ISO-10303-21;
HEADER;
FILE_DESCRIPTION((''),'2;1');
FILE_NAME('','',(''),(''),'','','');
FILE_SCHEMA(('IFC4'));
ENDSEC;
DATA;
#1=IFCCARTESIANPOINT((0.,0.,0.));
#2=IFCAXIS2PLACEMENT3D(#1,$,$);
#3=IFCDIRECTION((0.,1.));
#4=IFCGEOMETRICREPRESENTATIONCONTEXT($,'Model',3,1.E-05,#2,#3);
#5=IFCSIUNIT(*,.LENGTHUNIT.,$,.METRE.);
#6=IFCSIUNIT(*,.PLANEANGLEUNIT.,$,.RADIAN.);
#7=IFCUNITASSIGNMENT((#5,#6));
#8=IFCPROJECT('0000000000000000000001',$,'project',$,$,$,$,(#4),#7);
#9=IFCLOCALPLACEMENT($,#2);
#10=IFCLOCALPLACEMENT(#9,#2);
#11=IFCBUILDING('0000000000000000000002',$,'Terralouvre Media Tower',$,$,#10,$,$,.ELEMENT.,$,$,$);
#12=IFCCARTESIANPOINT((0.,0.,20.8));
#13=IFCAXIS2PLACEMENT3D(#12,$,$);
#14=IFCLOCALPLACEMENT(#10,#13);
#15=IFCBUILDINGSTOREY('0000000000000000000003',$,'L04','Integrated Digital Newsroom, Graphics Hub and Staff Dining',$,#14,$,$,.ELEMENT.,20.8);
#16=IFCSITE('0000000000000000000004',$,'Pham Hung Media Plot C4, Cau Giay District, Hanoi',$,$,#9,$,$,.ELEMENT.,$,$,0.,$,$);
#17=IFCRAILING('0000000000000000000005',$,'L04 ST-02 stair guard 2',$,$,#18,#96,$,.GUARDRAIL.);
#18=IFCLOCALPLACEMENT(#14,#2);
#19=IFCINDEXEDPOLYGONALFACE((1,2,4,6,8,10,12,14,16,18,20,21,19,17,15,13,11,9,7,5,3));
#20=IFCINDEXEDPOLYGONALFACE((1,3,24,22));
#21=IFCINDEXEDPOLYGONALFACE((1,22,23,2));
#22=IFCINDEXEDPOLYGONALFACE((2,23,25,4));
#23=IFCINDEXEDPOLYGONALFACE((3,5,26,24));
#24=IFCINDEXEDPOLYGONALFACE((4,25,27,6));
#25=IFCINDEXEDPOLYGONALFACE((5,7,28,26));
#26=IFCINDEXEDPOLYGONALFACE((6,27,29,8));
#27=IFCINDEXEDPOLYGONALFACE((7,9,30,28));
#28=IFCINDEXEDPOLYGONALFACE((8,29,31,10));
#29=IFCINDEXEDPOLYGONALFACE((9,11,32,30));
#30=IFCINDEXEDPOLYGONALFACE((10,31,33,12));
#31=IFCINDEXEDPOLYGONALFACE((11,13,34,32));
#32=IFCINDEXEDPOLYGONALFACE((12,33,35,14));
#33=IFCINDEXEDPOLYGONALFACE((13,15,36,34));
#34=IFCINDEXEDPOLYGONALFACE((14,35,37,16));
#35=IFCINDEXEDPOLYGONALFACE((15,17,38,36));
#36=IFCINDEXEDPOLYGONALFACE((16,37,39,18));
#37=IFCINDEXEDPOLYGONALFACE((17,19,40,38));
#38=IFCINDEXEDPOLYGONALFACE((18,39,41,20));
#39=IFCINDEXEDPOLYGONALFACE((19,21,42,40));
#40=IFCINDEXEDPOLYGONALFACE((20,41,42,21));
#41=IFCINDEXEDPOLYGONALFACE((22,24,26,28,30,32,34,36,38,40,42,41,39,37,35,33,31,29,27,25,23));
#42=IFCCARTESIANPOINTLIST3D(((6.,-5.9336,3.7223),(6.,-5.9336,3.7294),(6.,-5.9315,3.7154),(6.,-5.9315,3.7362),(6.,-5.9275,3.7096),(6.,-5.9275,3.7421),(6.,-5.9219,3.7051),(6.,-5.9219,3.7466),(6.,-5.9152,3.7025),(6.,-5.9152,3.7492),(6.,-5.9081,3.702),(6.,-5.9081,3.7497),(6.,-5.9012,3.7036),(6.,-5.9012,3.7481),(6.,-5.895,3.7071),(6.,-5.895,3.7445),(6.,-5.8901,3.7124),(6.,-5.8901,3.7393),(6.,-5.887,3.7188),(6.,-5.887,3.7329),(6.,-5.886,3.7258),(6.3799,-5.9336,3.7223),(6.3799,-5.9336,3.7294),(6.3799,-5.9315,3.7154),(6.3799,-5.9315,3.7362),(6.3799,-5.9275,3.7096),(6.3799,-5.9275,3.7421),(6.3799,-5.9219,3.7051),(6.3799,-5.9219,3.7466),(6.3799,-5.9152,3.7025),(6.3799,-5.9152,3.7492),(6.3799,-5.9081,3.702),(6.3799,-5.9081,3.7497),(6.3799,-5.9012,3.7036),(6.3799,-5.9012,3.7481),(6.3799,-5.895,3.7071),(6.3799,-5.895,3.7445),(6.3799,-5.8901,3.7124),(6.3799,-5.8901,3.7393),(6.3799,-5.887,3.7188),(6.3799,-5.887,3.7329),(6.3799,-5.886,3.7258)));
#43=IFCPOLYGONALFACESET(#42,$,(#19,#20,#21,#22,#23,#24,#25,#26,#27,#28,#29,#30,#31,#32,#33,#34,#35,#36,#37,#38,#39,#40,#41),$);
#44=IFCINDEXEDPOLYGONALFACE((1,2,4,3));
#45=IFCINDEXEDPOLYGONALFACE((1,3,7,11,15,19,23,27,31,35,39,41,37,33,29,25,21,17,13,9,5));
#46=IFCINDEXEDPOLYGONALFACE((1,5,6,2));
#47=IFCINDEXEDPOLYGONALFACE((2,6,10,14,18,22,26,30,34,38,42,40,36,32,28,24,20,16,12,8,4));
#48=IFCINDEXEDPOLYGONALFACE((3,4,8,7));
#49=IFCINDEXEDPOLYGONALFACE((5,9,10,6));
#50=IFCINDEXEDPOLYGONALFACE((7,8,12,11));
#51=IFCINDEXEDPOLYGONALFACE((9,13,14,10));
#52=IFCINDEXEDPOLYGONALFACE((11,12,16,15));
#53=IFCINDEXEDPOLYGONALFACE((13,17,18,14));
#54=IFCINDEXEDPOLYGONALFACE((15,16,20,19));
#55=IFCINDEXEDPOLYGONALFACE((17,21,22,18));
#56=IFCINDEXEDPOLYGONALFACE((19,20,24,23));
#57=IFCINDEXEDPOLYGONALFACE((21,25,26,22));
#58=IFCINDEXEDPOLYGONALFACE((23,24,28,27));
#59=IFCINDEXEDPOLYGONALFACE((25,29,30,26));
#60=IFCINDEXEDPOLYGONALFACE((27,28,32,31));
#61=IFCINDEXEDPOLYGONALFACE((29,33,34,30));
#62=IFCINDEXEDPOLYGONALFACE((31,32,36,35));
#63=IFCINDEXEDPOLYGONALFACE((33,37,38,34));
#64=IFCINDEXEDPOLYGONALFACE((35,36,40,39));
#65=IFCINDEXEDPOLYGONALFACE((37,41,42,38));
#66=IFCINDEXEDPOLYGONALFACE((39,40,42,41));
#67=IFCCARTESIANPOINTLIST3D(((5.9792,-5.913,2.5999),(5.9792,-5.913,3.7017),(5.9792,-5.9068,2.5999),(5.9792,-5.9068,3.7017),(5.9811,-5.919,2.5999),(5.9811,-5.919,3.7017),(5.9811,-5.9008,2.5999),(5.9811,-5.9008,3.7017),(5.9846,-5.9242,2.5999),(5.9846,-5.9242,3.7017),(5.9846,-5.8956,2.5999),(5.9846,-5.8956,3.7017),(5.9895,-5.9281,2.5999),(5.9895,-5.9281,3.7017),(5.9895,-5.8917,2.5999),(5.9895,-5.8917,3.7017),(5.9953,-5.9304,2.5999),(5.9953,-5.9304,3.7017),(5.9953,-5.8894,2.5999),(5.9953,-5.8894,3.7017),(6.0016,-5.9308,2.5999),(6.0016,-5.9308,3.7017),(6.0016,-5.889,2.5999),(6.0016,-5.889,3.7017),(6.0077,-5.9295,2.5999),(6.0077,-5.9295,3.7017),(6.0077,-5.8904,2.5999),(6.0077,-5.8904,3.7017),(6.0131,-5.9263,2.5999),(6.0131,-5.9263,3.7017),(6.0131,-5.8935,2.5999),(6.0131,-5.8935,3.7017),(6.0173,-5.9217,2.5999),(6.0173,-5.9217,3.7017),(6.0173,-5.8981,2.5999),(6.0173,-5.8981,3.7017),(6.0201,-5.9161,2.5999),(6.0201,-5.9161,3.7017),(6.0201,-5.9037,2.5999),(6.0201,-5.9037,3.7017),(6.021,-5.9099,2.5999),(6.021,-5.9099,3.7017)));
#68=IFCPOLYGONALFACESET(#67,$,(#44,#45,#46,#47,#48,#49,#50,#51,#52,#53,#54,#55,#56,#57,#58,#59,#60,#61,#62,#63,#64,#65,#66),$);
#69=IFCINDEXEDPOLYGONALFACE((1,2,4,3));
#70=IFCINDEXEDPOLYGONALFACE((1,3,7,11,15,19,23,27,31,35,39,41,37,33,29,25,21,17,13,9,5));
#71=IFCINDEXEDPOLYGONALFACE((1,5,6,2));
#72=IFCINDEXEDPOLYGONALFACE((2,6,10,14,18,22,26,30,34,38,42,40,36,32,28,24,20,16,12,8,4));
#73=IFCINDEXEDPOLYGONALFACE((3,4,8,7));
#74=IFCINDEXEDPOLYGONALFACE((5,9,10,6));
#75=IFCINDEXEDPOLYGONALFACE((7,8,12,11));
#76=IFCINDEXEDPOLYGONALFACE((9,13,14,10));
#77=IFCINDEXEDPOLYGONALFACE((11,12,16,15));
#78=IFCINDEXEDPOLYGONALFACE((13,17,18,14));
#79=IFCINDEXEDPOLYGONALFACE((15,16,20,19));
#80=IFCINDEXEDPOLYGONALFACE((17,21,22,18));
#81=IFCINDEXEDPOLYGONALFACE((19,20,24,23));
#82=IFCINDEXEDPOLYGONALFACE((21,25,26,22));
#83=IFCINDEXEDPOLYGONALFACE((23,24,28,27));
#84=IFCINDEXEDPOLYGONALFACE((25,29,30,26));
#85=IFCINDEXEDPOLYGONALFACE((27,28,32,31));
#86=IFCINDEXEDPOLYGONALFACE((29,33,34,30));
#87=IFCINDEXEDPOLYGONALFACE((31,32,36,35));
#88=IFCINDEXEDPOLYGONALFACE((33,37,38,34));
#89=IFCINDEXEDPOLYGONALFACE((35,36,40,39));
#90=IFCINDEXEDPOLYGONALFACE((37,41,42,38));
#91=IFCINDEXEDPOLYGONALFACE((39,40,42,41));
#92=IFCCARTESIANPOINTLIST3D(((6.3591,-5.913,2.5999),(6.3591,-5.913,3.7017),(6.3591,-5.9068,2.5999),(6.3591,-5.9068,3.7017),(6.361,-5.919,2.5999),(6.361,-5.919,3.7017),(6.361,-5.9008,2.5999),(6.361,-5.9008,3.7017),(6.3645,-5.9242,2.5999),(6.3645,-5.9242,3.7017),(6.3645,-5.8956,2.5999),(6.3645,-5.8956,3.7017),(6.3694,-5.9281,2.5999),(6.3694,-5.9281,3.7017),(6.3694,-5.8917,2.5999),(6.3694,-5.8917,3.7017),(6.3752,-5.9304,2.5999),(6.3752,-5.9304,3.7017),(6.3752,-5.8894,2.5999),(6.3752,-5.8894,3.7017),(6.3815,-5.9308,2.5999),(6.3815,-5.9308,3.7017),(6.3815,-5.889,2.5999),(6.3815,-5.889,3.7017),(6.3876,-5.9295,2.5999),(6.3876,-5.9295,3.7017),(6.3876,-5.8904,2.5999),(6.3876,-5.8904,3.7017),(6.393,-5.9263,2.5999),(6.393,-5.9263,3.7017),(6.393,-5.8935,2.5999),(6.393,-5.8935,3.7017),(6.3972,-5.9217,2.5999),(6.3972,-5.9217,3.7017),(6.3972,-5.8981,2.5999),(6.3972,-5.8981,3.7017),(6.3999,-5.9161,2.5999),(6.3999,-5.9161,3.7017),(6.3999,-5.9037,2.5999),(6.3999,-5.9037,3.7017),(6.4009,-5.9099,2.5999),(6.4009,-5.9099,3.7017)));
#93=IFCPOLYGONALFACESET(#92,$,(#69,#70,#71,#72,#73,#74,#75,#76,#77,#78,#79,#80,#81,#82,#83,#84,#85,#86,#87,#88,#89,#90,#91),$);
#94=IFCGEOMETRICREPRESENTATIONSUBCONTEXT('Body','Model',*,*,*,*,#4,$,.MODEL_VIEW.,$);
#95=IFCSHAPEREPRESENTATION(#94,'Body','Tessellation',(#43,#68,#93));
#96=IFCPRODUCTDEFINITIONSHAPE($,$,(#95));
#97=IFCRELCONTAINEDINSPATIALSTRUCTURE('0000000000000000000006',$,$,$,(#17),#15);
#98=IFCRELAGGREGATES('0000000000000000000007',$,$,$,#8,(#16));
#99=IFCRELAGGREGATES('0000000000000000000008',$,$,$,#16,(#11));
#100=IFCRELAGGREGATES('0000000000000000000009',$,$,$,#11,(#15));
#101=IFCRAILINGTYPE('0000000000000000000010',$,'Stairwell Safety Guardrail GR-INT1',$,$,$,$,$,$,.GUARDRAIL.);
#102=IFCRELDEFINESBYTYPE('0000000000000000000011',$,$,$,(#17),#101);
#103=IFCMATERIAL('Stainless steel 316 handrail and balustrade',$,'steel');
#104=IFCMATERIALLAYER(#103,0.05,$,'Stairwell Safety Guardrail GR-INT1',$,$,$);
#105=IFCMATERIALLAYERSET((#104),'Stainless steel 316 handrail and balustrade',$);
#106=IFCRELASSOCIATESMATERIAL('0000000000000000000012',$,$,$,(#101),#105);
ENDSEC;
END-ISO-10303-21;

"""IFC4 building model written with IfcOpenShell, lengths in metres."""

from ifc_helpers import new_model, si_unit, direction, frame, origin, origin_2d, place, context, subcontext, project, spatial, circle, extrude, material, layer, layer_set, type_object, element, save


model = new_model("IFC4")

# Units and contexts
model_context = context("Model", 3, precision=1e-05, world=origin(), true_north=direction((0.0, 1.0)))
body_context = subcontext(model_context, "Body", "Model", "MODEL_VIEW")
ifc_project = project(units=[si_unit("LENGTHUNIT", "METRE"), si_unit("PLANEANGLEUNIT", "RADIAN")], contexts=[model_context])

# Site, building, storey
site_placement = place(None, origin())
site = spatial("IfcSite", under=ifc_project, at=site_placement, Name="Pham Hung Media Plot C4, Cau Giay District, Hanoi", CompositionType="ELEMENT", RefElevation=0.0)
building_placement = place(site_placement, origin())
building = spatial("IfcBuilding", under=site, at=building_placement, Name="Terralouvre Media Tower", CompositionType="ELEMENT")
storey_placement = place(building_placement, frame((0.0, 0.0, 20.8)))
storey = spatial("IfcBuildingStorey", under=building, at=storey_placement, Name="L04", Description="Integrated Digital Newsroom, Graphics Hub and Staff Dining", CompositionType="ELEMENT", Elevation=20.8)

# Railing
ifc_material_1 = material(Name="Stainless steel 316 handrail and balustrade", Category="steel")
ifc_layer_1 = layer(ifc_material_1, 0.05, Name="Stairwell Safety Guardrail GR-INT1")
ifc_layer_set_1 = layer_set([ifc_layer_1], Name="Stainless steel 316 handrail and balustrade")
railing_type_1 = type_object("IfcRailingType", Name="Stairwell Safety Guardrail GR-INT1", PredefinedType="GUARDRAIL", material=ifc_layer_set_1)
railing_1_placement = place(storey_placement, frame((6.0, -5.9099, 2.5999)))
element("IfcRailing", 1, at=railing_1_placement, inside=storey, type_object=railing_type_1, Name="L04 ST-02 stair guard 2", PredefinedType="GUARDRAIL", context=body_context, shape_type="SweptSolid", body=[
    extrude(circle(Radius=0.0239, at=origin_2d()), frame((0.0, 0.0, 1.126), z_axis=(1.0, 0.0, 0.0), x_axis=(0.0, 1.0, 0.0)), (0.0, 0.0, 1.0), 0.3799),
    extrude(circle(Radius=0.021, at=origin_2d()), origin(), (0.0, 0.0, 1.0), 1.1018),
    extrude(circle(Radius=0.021, at=origin_2d()), frame((0.3799, 0.0, 0.0)), (0.0, 0.0, 1.0), 1.1018),
])

save(model, "model.ifc")
